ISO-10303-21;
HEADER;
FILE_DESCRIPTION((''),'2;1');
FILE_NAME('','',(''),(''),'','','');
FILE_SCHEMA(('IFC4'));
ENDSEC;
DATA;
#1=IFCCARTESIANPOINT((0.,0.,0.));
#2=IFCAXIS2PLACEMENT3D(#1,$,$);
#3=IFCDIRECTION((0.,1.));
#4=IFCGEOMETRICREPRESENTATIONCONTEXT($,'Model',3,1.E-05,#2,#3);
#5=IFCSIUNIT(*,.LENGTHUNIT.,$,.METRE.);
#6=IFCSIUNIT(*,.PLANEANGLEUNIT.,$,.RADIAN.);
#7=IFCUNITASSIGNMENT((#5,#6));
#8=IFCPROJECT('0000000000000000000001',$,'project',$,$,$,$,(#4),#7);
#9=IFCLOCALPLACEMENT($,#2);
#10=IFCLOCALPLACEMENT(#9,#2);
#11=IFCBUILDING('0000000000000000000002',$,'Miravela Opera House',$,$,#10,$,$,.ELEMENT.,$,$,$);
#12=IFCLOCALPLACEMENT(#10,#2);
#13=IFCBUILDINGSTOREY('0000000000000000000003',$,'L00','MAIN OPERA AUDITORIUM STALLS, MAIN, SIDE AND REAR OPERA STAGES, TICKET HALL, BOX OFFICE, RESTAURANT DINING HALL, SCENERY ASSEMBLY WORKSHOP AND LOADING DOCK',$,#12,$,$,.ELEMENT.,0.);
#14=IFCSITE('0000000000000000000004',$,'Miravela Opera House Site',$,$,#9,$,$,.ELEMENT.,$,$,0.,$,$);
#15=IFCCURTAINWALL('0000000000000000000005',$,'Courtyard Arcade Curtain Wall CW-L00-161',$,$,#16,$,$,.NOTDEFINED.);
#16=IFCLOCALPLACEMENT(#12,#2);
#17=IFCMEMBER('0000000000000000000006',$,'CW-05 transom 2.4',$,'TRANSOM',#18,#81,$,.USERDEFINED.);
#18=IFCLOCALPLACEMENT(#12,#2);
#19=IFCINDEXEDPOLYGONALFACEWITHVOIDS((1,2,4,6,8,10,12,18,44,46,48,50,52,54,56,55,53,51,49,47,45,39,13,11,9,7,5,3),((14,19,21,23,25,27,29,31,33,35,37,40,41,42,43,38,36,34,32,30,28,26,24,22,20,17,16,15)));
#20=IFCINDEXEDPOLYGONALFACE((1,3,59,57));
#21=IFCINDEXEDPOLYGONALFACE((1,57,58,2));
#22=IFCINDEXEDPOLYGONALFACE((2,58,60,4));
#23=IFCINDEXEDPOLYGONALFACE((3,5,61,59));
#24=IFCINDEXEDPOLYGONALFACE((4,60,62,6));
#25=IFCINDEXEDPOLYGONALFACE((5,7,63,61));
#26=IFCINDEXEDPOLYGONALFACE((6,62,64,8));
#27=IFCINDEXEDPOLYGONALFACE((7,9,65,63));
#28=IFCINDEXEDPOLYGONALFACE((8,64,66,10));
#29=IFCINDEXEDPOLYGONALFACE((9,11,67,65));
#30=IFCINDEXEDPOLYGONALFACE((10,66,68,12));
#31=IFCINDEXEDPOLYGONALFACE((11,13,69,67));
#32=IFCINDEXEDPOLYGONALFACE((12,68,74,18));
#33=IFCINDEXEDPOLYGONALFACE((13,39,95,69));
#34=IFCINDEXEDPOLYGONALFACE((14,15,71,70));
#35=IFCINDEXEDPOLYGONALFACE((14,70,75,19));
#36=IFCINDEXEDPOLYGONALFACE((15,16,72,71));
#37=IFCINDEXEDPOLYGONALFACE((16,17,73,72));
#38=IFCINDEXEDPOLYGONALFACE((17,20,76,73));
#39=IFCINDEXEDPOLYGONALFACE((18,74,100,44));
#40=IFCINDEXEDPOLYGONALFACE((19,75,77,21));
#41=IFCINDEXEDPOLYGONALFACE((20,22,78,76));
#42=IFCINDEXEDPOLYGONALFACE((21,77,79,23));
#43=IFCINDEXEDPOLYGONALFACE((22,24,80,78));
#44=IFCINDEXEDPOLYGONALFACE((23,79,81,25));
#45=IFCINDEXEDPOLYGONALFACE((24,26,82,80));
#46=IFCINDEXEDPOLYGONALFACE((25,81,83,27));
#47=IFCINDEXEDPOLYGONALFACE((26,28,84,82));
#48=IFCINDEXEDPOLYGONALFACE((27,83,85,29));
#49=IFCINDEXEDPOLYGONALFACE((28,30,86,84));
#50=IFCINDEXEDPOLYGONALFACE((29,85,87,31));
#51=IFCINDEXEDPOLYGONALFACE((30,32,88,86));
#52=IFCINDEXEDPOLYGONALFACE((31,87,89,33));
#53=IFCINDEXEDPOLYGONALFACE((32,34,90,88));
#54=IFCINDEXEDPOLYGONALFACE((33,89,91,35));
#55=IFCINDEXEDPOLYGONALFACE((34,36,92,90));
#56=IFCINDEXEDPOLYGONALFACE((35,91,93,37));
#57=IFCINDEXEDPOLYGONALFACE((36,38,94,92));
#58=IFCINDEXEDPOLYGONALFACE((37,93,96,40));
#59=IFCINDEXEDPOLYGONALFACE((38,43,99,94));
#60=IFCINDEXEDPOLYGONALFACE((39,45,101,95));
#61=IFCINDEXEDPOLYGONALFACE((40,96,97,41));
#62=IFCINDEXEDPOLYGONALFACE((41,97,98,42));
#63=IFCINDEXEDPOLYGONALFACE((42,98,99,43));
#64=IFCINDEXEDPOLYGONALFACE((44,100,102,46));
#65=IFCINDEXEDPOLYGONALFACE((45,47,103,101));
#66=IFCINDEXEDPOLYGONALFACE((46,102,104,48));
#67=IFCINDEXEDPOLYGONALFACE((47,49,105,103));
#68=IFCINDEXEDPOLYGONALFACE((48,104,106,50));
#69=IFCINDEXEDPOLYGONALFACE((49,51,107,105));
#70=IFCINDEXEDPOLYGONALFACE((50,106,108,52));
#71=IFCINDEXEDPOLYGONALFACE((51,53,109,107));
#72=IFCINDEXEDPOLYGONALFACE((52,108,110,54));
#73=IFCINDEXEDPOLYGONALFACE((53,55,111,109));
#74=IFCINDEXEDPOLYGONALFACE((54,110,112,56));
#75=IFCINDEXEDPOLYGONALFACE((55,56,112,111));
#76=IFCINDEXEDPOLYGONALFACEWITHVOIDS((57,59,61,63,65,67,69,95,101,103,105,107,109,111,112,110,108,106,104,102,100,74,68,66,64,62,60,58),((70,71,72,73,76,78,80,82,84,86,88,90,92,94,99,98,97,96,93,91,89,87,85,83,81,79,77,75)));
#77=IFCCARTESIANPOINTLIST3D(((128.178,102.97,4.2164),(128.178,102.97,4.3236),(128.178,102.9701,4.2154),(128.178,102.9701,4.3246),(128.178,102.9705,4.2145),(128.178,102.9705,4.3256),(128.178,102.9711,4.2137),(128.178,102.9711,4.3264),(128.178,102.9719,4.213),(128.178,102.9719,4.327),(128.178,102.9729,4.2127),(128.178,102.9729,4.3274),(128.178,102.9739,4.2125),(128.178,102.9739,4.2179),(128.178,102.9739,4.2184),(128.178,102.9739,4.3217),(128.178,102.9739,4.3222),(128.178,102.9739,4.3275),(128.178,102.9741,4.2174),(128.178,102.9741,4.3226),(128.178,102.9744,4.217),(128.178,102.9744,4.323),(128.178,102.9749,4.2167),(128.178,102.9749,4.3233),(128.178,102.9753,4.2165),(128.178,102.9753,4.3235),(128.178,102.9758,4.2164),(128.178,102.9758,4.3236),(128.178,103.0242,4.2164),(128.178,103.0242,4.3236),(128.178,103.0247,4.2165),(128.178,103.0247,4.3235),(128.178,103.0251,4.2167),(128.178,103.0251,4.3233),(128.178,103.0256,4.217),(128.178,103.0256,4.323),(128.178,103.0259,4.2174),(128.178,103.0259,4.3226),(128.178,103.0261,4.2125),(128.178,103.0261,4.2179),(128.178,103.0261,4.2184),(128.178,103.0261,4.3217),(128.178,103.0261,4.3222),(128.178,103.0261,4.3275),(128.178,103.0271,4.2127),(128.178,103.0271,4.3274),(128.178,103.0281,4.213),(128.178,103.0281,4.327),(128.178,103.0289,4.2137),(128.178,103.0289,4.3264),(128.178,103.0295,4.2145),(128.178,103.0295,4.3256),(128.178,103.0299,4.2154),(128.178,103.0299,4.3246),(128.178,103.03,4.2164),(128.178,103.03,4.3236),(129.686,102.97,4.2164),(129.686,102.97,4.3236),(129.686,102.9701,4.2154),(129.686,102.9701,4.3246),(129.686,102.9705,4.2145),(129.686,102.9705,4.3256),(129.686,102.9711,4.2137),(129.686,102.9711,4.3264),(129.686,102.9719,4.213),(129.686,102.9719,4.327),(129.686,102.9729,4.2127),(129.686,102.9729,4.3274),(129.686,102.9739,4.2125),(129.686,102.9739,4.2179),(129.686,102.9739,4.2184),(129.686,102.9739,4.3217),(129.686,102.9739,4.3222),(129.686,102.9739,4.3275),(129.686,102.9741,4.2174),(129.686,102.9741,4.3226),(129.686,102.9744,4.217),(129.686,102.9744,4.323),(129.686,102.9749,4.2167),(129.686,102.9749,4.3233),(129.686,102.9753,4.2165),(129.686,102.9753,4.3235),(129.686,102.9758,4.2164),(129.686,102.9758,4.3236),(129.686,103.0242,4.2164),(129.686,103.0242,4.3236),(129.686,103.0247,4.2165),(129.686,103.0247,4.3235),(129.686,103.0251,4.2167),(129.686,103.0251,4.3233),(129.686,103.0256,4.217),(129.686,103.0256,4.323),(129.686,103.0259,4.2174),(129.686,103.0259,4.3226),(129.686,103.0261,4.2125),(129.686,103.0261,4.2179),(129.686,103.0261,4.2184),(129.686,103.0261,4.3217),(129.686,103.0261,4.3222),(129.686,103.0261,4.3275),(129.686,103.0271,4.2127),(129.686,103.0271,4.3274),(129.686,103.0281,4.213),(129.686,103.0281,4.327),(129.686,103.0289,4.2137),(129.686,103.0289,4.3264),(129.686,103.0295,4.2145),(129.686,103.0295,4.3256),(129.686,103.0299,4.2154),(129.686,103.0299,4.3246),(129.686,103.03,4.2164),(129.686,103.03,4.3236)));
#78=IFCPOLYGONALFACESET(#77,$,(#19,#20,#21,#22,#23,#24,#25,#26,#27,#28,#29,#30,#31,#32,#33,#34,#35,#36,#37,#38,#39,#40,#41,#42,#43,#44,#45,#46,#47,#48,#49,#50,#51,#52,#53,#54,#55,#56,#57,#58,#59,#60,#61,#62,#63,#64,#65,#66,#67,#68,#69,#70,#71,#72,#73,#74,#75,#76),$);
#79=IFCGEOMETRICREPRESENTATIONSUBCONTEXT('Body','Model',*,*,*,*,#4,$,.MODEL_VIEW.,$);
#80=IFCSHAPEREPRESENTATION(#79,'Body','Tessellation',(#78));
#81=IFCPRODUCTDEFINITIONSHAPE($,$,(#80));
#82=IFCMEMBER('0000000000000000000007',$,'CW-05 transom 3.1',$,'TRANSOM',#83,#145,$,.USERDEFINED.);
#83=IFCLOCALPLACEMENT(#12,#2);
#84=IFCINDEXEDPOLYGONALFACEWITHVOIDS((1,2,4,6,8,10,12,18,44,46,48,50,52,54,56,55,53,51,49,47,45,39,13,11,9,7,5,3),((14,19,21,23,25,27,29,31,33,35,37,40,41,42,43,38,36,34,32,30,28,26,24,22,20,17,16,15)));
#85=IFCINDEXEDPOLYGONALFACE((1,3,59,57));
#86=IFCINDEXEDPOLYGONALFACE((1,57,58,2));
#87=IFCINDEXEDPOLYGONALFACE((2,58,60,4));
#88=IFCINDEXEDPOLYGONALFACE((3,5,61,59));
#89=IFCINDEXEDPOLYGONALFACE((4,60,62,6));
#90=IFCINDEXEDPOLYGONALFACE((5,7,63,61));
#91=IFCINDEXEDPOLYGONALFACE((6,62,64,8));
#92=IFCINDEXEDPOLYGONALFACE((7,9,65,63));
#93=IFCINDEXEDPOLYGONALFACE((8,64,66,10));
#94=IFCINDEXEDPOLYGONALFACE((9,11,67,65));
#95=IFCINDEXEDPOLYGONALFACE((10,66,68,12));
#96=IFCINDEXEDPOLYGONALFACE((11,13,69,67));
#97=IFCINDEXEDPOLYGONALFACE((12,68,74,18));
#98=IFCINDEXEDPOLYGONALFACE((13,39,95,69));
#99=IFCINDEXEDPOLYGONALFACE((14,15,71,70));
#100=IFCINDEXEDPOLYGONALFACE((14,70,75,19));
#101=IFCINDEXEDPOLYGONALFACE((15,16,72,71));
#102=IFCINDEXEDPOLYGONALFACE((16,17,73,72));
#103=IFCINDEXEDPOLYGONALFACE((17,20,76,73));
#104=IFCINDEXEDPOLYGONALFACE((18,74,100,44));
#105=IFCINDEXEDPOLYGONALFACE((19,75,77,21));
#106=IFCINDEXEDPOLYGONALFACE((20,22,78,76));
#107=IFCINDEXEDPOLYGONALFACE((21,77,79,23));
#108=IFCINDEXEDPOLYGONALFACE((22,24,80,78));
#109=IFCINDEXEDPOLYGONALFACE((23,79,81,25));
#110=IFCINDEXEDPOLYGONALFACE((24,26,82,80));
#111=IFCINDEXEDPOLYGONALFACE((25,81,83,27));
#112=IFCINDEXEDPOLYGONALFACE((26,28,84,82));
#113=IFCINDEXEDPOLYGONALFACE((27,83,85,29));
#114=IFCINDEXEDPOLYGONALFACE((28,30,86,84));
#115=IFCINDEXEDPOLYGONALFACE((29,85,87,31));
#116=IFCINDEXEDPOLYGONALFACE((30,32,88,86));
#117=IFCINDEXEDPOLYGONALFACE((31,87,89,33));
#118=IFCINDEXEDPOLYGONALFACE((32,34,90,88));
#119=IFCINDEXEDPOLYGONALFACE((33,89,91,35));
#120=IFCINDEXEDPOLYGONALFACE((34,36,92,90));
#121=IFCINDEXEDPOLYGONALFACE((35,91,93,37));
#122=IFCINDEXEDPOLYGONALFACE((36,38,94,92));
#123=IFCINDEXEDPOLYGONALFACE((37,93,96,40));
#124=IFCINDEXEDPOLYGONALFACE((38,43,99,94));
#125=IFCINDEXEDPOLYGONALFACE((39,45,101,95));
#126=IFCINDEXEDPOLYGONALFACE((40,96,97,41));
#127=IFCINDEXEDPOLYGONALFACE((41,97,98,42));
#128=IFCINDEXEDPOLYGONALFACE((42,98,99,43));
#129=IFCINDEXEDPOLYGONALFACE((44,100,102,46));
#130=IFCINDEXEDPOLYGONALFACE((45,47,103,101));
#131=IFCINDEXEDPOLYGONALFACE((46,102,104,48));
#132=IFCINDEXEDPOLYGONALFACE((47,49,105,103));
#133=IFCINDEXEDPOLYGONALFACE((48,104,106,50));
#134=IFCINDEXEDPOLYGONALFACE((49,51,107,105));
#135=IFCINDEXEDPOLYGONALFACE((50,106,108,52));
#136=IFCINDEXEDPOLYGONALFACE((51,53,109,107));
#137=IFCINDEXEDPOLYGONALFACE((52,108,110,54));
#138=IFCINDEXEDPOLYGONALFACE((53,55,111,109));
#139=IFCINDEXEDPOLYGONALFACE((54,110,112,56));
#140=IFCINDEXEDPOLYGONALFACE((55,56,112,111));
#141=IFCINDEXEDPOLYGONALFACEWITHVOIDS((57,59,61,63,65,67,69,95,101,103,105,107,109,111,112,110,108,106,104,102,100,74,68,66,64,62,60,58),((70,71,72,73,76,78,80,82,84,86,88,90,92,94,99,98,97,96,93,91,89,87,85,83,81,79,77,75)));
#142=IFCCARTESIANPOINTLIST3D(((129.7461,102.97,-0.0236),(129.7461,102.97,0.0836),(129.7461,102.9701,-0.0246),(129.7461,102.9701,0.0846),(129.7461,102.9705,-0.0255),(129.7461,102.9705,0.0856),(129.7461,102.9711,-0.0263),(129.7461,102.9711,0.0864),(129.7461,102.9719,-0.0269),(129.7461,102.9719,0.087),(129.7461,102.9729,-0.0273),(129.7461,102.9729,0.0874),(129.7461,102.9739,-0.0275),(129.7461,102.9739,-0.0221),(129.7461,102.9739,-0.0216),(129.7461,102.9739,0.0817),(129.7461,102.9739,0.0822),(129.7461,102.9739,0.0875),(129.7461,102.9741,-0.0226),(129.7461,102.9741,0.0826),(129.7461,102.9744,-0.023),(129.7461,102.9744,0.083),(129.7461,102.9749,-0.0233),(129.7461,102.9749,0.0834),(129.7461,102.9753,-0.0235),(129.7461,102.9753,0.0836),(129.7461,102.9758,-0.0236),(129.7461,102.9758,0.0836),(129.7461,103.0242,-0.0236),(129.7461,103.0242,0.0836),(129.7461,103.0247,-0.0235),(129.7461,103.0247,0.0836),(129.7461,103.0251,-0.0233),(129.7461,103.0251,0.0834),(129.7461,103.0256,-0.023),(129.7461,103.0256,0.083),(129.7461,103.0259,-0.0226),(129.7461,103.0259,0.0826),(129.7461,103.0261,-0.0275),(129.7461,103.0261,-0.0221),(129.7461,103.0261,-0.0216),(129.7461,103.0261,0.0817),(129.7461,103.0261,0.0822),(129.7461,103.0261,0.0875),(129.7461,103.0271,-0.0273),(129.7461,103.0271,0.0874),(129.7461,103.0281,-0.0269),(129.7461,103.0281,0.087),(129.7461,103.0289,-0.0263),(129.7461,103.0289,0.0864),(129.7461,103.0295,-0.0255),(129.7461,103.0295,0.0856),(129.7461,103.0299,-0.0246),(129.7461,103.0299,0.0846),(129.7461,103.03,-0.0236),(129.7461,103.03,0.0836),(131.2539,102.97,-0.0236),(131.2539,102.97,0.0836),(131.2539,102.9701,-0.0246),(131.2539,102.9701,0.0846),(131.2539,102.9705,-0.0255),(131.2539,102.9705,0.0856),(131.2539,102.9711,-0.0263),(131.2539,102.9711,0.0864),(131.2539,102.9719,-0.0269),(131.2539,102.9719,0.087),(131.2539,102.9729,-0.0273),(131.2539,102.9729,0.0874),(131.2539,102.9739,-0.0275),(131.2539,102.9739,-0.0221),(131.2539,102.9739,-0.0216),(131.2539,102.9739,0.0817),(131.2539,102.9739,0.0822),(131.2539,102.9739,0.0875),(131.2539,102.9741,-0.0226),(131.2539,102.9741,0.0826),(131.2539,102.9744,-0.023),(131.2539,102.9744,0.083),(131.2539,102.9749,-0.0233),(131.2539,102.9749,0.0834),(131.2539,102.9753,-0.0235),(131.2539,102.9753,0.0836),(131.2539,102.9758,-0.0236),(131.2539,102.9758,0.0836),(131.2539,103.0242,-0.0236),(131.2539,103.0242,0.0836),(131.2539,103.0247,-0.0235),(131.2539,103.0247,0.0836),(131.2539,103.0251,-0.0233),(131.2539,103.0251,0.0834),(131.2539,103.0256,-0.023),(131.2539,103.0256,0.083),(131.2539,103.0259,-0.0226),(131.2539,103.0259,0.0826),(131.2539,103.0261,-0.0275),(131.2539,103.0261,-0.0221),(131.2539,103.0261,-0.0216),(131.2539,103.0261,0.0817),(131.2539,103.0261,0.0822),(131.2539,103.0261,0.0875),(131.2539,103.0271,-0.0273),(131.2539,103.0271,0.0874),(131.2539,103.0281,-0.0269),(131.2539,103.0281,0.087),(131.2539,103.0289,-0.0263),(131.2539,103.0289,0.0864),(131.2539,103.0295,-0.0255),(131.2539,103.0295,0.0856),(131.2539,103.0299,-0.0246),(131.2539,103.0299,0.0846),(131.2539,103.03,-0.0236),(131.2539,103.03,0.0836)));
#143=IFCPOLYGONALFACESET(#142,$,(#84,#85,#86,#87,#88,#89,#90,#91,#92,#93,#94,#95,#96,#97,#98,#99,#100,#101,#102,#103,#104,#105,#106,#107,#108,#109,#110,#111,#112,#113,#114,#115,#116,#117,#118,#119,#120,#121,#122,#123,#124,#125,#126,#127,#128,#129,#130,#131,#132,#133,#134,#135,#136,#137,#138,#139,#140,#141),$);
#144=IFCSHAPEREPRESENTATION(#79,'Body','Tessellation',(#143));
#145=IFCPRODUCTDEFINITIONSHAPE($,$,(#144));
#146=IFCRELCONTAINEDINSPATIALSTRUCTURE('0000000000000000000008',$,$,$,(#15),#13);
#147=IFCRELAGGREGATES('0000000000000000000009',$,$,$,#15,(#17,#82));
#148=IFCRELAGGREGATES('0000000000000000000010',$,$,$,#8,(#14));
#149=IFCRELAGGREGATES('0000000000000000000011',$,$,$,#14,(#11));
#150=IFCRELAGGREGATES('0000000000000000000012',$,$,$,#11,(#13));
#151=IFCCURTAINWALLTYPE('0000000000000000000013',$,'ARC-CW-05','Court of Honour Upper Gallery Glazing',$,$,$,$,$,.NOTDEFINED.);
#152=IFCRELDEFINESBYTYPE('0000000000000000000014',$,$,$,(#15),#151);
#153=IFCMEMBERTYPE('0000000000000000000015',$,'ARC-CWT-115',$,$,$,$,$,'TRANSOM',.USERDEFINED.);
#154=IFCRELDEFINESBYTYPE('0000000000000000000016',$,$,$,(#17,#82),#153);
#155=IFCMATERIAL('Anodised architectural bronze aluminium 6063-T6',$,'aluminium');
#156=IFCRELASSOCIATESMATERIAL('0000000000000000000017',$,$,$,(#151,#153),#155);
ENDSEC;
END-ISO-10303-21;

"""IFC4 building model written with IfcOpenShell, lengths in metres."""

from ifc_helpers import new_model, si_unit, direction, frame, origin, origin_2d, place, context, subcontext, project, spatial, hollow_rectangle, extrude, material, material_profile, profile_set, type_object, element, aggregate, save


model = new_model("IFC4")

# Units and contexts
model_context = context("Model", 3, precision=1e-05, world=origin(), true_north=direction((0.0, 1.0)))
body_context = subcontext(model_context, "Body", "Model", "MODEL_VIEW")
ifc_project = project(units=[si_unit("LENGTHUNIT", "METRE"), si_unit("PLANEANGLEUNIT", "RADIAN")], contexts=[model_context])

# Site, building, storey
site_placement = place(None, origin())
site = spatial("IfcSite", under=ifc_project, at=site_placement, Name="Miravela Opera House Site", CompositionType="ELEMENT", RefElevation=0.0)
building_placement = place(site_placement, origin())
building = spatial("IfcBuilding", under=site, at=building_placement, Name="Miravela Opera House", CompositionType="ELEMENT")
storey_placement = place(building_placement, origin())
storey = spatial("IfcBuildingStorey", under=building, at=storey_placement, Name="L00", Description="MAIN OPERA AUDITORIUM STALLS, MAIN, SIDE AND REAR OPERA STAGES, TICKET HALL, BOX OFFICE, RESTAURANT DINING HALL, SCENERY ASSEMBLY WORKSHOP AND LOADING DOCK", CompositionType="ELEMENT", Elevation=0.0)

# Curtain wall, members
ifc_material_1 = material(Name="Anodised architectural bronze aluminium 6063-T6", Category="aluminium")
curtain_wall_type = type_object("IfcCurtainWallType", Name="ARC-CW-05", Description="Court of Honour Upper Gallery Glazing", PredefinedType="NOTDEFINED", material=ifc_material_1)
curtain_wall_placement = place(storey_placement, origin())
curtain_wall = element("IfcCurtainWall", 1, at=curtain_wall_placement, inside=storey, type_object=curtain_wall_type, Name="Courtyard Arcade Curtain Wall CW-L00-161", PredefinedType="NOTDEFINED")
ifc_material_profile_1 = material_profile(ifc_material_1, hollow_rectangle(XDim=0.0601, YDim=0.115, WallThickness=0.0039, InnerFilletRadius=0.002, OuterFilletRadius=0.0039, at=origin_2d()), Name="CWT-60X115")
ifc_profile_set_1 = profile_set([ifc_material_profile_1])
member_type_1 = type_object("IfcMemberType", Name="ARC-CWT-115", ElementType="TRANSOM", PredefinedType="USERDEFINED", material=ifc_profile_set_1)
member_1_placement = place(storey_placement, frame((128.178, 103.0, 4.27), z_axis=(1.0, 0.0, 0.0), x_axis=(0.0, 1.0, 0.0)))
member_1 = element("IfcMember", 2, at=member_1_placement, type_object=member_type_1, Name="CW-05 transom 2.4", ObjectType="TRANSOM", PredefinedType="USERDEFINED", context=body_context, shape_type="SweptSolid", body=[
    extrude(hollow_rectangle(XDim=0.0601, YDim=0.115, WallThickness=0.0039, InnerFilletRadius=0.002, OuterFilletRadius=0.0039, at=origin_2d()), origin(), (0.0, 0.0, 1.0), 1.5081),
])
member_2_placement = place(storey_placement, frame((129.7461, 103.0, 0.03), z_axis=(1.0, 0.0, 0.0), x_axis=(0.0, 1.0, 0.0)))
member_2 = element("IfcMember", 3, at=member_2_placement, type_object=member_type_1, Name="CW-05 transom 3.1", ObjectType="TRANSOM", PredefinedType="USERDEFINED", context=body_context, shape_type="SweptSolid", body=[
    extrude(hollow_rectangle(XDim=0.0601, YDim=0.115, WallThickness=0.0039, InnerFilletRadius=0.002, OuterFilletRadius=0.0039, at=origin_2d()), origin(), (0.0, 0.0, 1.0), 1.5078),
])

aggregate(curtain_wall, [member_1, member_2])

save(model, "model.ifc")
